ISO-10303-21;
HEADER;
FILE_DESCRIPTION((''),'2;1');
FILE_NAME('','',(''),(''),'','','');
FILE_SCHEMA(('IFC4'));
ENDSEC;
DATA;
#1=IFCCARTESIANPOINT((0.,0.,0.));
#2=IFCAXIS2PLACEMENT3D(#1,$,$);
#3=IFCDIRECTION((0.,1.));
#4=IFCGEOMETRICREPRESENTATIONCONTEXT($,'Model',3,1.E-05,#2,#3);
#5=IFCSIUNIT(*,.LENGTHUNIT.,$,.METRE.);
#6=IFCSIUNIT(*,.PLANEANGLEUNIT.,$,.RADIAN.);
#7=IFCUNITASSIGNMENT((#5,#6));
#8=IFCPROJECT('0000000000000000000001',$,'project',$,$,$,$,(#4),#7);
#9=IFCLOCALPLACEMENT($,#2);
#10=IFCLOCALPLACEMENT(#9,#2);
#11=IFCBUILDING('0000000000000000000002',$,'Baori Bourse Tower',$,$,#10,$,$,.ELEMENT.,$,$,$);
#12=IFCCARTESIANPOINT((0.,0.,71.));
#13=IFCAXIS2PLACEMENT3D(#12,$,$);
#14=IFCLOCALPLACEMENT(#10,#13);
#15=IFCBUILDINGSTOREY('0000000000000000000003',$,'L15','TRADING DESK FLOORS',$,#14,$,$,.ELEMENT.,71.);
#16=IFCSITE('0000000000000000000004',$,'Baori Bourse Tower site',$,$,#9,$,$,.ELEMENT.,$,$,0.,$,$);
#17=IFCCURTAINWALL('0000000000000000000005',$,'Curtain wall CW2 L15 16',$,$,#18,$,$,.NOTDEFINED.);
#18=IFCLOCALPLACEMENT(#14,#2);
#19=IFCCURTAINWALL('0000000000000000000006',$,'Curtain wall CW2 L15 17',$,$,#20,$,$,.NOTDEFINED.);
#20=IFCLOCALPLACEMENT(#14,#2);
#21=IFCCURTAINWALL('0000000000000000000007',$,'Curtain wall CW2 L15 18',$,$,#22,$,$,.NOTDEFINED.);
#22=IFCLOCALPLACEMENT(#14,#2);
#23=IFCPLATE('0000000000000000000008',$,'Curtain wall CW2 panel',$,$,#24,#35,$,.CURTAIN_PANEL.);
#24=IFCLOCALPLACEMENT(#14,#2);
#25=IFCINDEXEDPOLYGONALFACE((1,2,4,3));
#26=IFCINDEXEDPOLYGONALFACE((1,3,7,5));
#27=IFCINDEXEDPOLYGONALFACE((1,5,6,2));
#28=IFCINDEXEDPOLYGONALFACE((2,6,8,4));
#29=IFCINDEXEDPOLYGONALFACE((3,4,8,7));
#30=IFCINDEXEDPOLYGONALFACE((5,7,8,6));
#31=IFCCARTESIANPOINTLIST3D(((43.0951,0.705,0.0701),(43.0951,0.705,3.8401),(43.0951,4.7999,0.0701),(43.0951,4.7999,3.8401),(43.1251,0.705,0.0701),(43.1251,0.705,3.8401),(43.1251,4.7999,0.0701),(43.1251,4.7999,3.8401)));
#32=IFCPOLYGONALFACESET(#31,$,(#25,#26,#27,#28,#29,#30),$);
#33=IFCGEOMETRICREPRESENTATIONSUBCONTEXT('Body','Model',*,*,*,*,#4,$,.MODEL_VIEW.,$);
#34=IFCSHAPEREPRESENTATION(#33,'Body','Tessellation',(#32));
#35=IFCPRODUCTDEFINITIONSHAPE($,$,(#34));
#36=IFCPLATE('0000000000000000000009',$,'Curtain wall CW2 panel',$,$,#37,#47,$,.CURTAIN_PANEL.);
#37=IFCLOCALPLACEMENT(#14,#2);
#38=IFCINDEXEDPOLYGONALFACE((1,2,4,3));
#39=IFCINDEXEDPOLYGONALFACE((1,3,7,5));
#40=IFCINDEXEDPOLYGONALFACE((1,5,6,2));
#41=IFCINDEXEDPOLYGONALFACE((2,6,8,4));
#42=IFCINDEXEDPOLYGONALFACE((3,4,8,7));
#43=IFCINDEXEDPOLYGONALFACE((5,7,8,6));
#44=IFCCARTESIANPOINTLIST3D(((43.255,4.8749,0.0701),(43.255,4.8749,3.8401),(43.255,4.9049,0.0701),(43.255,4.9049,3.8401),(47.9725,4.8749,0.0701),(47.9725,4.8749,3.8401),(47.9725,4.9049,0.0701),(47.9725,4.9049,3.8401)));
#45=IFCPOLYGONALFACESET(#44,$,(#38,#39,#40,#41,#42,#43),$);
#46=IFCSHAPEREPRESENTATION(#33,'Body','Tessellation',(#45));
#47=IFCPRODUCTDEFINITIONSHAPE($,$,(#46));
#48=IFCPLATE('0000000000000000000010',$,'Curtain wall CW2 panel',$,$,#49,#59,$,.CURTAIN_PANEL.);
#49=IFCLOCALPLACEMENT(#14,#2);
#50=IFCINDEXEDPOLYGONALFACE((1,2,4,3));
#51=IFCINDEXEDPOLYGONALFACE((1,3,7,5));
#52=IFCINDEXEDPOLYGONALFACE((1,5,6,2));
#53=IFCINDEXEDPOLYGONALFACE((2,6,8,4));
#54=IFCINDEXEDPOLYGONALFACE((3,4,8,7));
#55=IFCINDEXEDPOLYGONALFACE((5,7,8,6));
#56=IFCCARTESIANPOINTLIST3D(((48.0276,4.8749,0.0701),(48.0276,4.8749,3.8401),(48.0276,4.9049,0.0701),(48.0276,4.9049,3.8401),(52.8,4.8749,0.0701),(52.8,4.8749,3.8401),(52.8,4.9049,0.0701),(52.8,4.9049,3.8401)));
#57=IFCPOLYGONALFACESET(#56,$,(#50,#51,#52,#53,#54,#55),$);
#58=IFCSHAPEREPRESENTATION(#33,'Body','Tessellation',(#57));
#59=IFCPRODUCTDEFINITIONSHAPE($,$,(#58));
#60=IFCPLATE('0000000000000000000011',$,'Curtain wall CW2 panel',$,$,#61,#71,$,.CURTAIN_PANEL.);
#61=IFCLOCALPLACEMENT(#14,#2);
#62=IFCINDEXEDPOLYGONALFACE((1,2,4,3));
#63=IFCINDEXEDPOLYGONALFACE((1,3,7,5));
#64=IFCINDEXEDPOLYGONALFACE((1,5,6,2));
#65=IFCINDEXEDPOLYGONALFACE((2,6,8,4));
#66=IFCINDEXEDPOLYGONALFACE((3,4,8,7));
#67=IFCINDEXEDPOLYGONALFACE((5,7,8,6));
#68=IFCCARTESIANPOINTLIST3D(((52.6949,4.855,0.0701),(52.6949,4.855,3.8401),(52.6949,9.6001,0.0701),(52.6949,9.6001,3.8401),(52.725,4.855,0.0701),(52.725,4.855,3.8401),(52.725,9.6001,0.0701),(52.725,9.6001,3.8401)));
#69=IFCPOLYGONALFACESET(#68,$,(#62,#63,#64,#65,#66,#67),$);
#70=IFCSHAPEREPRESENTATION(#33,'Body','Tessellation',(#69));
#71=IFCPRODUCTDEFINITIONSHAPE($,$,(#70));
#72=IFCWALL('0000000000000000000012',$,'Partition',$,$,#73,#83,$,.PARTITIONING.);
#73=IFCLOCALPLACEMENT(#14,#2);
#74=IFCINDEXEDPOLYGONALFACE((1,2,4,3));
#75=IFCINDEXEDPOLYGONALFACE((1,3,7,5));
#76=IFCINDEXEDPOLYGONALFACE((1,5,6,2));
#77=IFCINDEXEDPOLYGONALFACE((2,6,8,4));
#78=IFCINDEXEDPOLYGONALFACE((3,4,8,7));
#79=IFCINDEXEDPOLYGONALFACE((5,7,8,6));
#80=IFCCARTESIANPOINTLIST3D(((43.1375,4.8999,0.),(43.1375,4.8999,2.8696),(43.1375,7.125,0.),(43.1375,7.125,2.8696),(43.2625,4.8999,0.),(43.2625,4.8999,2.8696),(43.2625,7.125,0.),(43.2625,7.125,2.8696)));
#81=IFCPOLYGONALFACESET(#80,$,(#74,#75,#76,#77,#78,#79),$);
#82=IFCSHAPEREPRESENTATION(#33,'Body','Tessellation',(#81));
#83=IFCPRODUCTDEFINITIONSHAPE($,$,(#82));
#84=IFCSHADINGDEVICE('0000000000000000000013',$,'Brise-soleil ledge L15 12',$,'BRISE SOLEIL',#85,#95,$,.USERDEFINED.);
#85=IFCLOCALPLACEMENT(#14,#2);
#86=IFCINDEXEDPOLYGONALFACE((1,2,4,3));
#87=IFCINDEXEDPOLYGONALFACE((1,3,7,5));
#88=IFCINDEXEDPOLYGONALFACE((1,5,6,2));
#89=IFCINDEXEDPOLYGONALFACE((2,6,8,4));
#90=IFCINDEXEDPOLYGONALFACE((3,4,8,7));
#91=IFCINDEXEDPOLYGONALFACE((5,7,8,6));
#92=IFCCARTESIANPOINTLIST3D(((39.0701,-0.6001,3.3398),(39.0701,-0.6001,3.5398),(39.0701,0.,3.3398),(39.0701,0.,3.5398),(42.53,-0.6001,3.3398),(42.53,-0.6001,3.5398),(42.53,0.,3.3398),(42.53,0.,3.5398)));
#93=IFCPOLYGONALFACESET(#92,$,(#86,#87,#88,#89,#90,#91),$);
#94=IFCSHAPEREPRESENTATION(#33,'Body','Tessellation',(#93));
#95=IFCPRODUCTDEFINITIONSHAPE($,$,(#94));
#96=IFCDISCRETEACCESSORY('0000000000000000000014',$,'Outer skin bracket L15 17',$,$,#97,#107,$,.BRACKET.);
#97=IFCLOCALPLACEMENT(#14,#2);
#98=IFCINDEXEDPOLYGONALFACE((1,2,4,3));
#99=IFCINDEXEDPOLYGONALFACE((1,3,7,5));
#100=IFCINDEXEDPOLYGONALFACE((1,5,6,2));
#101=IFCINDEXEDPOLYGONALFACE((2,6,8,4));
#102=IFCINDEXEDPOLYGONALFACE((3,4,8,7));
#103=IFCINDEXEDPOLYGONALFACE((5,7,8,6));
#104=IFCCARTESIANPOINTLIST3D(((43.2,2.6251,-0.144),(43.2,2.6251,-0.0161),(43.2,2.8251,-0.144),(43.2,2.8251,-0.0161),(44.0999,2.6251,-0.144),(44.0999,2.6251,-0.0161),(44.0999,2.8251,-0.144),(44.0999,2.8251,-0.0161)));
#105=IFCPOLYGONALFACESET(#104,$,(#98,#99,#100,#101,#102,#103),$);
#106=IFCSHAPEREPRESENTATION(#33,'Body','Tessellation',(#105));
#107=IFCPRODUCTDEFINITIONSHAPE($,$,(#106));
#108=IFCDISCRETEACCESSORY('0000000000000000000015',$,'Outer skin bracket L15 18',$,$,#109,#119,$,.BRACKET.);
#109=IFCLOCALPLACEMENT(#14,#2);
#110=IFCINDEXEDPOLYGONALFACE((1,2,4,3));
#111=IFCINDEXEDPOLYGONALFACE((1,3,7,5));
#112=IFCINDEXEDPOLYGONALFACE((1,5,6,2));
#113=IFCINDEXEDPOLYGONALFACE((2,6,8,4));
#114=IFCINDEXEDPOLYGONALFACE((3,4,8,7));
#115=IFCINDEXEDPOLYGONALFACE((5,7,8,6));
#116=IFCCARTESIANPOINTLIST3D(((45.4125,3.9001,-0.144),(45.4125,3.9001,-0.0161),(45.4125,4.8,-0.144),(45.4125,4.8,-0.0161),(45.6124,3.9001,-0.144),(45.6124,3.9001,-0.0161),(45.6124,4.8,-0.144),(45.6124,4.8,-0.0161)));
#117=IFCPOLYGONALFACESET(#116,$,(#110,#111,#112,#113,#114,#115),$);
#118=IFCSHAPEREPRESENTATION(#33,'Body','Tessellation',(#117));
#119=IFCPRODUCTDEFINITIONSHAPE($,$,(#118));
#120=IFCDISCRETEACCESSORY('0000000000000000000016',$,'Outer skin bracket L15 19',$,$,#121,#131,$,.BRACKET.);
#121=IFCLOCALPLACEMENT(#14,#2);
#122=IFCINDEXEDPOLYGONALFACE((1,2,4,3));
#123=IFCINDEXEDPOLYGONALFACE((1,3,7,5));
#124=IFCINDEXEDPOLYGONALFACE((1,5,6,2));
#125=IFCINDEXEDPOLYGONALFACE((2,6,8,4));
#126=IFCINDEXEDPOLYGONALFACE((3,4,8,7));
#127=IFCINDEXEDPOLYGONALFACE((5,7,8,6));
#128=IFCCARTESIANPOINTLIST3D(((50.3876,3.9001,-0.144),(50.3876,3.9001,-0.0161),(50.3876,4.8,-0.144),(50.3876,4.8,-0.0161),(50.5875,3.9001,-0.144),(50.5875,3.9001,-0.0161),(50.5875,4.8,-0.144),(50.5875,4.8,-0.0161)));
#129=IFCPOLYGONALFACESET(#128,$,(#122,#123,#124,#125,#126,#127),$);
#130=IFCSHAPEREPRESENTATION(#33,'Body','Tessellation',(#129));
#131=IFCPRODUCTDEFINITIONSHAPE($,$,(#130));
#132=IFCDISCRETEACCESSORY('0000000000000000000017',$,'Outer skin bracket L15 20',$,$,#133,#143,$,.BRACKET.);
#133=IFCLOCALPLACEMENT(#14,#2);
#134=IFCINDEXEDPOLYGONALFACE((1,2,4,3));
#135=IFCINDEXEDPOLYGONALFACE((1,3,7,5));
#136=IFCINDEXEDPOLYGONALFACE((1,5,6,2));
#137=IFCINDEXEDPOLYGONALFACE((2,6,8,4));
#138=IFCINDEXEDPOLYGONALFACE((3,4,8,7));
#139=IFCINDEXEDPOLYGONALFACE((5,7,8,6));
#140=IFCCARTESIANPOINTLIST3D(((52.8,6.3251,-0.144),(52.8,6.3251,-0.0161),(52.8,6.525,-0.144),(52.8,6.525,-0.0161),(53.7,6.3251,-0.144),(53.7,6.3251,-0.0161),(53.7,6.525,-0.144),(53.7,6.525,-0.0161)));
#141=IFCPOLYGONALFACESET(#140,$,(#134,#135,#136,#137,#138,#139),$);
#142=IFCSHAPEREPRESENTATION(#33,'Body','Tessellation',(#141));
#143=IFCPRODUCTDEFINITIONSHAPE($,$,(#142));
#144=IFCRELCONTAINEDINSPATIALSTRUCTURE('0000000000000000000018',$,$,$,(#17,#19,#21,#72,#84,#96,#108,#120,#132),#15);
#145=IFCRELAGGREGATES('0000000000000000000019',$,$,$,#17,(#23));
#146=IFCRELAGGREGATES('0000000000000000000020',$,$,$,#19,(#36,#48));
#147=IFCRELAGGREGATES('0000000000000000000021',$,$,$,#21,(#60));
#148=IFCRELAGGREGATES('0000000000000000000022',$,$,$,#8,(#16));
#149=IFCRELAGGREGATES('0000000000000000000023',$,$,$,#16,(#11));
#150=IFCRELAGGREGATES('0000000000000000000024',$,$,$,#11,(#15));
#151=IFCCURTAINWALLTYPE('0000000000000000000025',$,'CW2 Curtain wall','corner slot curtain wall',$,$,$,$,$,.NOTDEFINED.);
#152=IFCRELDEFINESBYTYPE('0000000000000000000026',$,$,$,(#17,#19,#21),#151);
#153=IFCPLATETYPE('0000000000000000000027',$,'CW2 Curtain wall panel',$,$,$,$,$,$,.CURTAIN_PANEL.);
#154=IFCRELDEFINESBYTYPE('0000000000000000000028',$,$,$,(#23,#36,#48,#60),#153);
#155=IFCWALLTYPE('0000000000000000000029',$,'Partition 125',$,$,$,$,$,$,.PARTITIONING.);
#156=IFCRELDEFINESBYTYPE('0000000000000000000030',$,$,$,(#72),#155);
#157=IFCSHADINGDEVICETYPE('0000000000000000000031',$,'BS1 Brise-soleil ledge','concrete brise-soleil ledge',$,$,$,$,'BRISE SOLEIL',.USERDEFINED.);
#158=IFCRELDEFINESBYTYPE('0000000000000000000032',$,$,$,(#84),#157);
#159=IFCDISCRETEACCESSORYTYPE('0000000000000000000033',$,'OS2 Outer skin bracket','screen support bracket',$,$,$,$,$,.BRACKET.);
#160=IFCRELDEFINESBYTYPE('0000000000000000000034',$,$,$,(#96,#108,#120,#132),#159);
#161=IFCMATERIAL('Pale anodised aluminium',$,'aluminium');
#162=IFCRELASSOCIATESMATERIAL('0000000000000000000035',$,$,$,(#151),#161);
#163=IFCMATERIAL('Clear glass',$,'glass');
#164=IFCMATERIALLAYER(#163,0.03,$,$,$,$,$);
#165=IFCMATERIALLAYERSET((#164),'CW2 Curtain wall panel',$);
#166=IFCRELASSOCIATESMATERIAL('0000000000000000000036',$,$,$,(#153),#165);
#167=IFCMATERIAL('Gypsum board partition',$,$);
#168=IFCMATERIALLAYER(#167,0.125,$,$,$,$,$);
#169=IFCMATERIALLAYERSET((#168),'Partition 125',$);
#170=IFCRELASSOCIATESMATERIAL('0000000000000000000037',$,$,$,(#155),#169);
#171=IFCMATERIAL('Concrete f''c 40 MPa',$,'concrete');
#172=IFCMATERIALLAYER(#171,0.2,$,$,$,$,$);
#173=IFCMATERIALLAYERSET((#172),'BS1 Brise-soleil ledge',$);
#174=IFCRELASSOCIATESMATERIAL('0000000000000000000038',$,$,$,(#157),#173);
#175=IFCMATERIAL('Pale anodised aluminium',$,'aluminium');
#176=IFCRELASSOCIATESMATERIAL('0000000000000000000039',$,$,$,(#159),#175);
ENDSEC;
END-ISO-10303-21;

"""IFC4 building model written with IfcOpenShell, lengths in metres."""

from ifc_helpers import new_model, si_unit, direction, frame, frame_2d, origin, origin_2d, place, context, subcontext, project, spatial, rectangle, extrude, material, layer, layer_set, type_object, element, aggregate, save


model = new_model("IFC4")

# Units and contexts
model_context = context("Model", 3, precision=1e-05, world=origin(), true_north=direction((0.0, 1.0)))
body_context = subcontext(model_context, "Body", "Model", "MODEL_VIEW")
ifc_project = project(units=[si_unit("LENGTHUNIT", "METRE"), si_unit("PLANEANGLEUNIT", "RADIAN")], contexts=[model_context])

# Site, building, storey
site_placement = place(None, origin())
site = spatial("IfcSite", under=ifc_project, at=site_placement, Name="Baori Bourse Tower site", CompositionType="ELEMENT", RefElevation=0.0)
building_placement = place(site_placement, origin())
building = spatial("IfcBuilding", under=site, at=building_placement, Name="Baori Bourse Tower", CompositionType="ELEMENT")
storey_placement = place(building_placement, frame((0.0, 0.0, 71.0)))
storey = spatial("IfcBuildingStorey", under=building, at=storey_placement, Name="L15", Description="TRADING DESK FLOORS", CompositionType="ELEMENT", Elevation=71.0)

# Curtain wall
ifc_material_1 = material(Name="Pale anodised aluminium", Category="aluminium")
curtain_wall_type_1 = type_object("IfcCurtainWallType", Name="CW2 Curtain wall", Description="corner slot curtain wall", PredefinedType="NOTDEFINED", material=ifc_material_1)
curtain_wall_1_placement = place(storey_placement, origin())
curtain_wall_1 = element("IfcCurtainWall", 1, at=curtain_wall_1_placement, inside=storey, type_object=curtain_wall_type_1, Name="Curtain wall CW2 L15 16", PredefinedType="NOTDEFINED")

# Curtain wall
curtain_wall_2_placement = place(storey_placement, origin())
curtain_wall_2 = element("IfcCurtainWall", 2, at=curtain_wall_2_placement, inside=storey, type_object=curtain_wall_type_1, Name="Curtain wall CW2 L15 17", PredefinedType="NOTDEFINED")

# Curtain wall
curtain_wall_3_placement = place(storey_placement, origin())
curtain_wall_3 = element("IfcCurtainWall", 3, at=curtain_wall_3_placement, inside=storey, type_object=curtain_wall_type_1, Name="Curtain wall CW2 L15 18", PredefinedType="NOTDEFINED")

# Plates
ifc_material_2 = material(Name="Clear glass", Category="glass")
ifc_layer_1 = layer(ifc_material_2, 0.03)
ifc_layer_set_1 = layer_set([ifc_layer_1], Name="CW2 Curtain wall panel")
plate_type_1 = type_object("IfcPlateType", Name="CW2 Curtain wall panel", PredefinedType="CURTAIN_PANEL", material=ifc_layer_set_1)
plate_1_placement = place(storey_placement, frame((43.1101, 2.7524, 0.0701), z_axis=(0.0, 0.0, 1.0), x_axis=(0.0, 1.0, 0.0)))
plate_1 = element("IfcPlate", 4, at=plate_1_placement, type_object=plate_type_1, Name="Curtain wall CW2 panel", PredefinedType="CURTAIN_PANEL", context=body_context, shape_type="SweptSolid", body=[
    extrude(rectangle(XDim=4.095, YDim=0.03, at=origin_2d()), origin(), (0.0, 0.0, 1.0), 3.77),
])
aggregate(curtain_wall_1, [plate_1])
plate_2_placement = place(storey_placement, frame((45.6138, 4.8899, 0.0701), z_axis=(0.0, 0.0, 1.0), x_axis=(1.0, 0.0, 0.0)))
plate_2 = element("IfcPlate", 5, at=plate_2_placement, type_object=plate_type_1, Name="Curtain wall CW2 panel", PredefinedType="CURTAIN_PANEL", context=body_context, shape_type="SweptSolid", body=[
    extrude(rectangle(XDim=4.7175, YDim=0.03, at=origin_2d()), origin(), (0.0, 0.0, 1.0), 3.77),
])
plate_3_placement = place(storey_placement, frame((50.4138, 4.8899, 0.0701), z_axis=(0.0, 0.0, 1.0), x_axis=(1.0, 0.0, 0.0)))
plate_3 = element("IfcPlate", 6, at=plate_3_placement, type_object=plate_type_1, Name="Curtain wall CW2 panel", PredefinedType="CURTAIN_PANEL", context=body_context, shape_type="SweptSolid", body=[
    extrude(rectangle(XDim=4.7725, YDim=0.03, at=origin_2d()), origin(), (0.0, 0.0, 1.0), 3.77),
])
aggregate(curtain_wall_2, [plate_2, plate_3])
plate_4_placement = place(storey_placement, frame((52.71, 7.2275, 0.0701), z_axis=(0.0, 0.0, 1.0), x_axis=(0.0, 1.0, 0.0)))
plate_4 = element("IfcPlate", 7, at=plate_4_placement, type_object=plate_type_1, Name="Curtain wall CW2 panel", PredefinedType="CURTAIN_PANEL", context=body_context, shape_type="SweptSolid", body=[
    extrude(rectangle(XDim=4.7451, YDim=0.03, at=origin_2d()), origin(), (0.0, 0.0, 1.0), 3.77),
])
aggregate(curtain_wall_3, [plate_4])

# Wall
ifc_material_3 = material(Name="Gypsum board partition")
ifc_layer_2 = layer(ifc_material_3, 0.125)
ifc_layer_set_2 = layer_set([ifc_layer_2], Name="Partition 125")
wall_type = type_object("IfcWallType", Name="Partition 125", PredefinedType="PARTITIONING", material=ifc_layer_set_2)
wall_placement = place(storey_placement, frame((43.2, 4.8999, 0.0), z_axis=(0.0, 0.0, 1.0), x_axis=(0.0, 1.0, 0.0)))
element("IfcWall", 8, at=wall_placement, inside=storey, type_object=wall_type, Name="Partition", PredefinedType="PARTITIONING", context=body_context, shape_type="SweptSolid", body=[
    extrude(rectangle(XDim=2.2251, YDim=0.125, at=frame_2d((1.1125, 0.0))), origin(), (0.0, 0.0, 1.0), 2.8696),
])

# Shading device
ifc_material_4 = material(Name="Concrete f'c 40 MPa", Category="concrete")
ifc_layer_3 = layer(ifc_material_4, 0.2)
ifc_layer_set_3 = layer_set([ifc_layer_3], Name="BS1 Brise-soleil ledge")
shading_device_type = type_object("IfcShadingDeviceType", Name="BS1 Brise-soleil ledge", Description="concrete brise-soleil ledge", ElementType="BRISE SOLEIL", PredefinedType="USERDEFINED", material=ifc_layer_set_3)
shading_device_placement = place(storey_placement, frame((40.8, -0.3, 3.3398), z_axis=(0.0, 0.0, 1.0), x_axis=(1.0, 0.0, 0.0)))
element("IfcShadingDevice", 9, at=shading_device_placement, inside=storey, type_object=shading_device_type, Name="Brise-soleil ledge L15 12", ObjectType="BRISE SOLEIL", PredefinedType="USERDEFINED", context=body_context, shape_type="SweptSolid", body=[
    extrude(rectangle(XDim=3.46, YDim=0.6001, at=origin_2d()), origin(), (0.0, 0.0, 1.0), 0.2),
])

# Discrete accessories
ifc_material_5 = material(Name="Pale anodised aluminium", Category="aluminium")
discrete_accessory_type = type_object("IfcDiscreteAccessoryType", Name="OS2 Outer skin bracket", Description="screen support bracket", PredefinedType="BRACKET", material=ifc_material_5)
for number, where, z_axis, x_axis, name in (
    (10, (43.6499, 2.7251, -0.144), (0.0, 0.0, 1.0), (0.0, 1.0, 0.0), "Outer skin bracket L15 17"),
    (11, (45.5125, 4.3501, -0.144), (0.0, 0.0, 1.0), (1.0, 0.0, 0.0), "Outer skin bracket L15 18"),
    (12, (50.4875, 4.3501, -0.144), (0.0, 0.0, 1.0), (1.0, 0.0, 0.0), "Outer skin bracket L15 19"),
    (13, (53.25, 6.425, -0.144), (0.0, 0.0, 1.0), (0.0, 1.0, 0.0), "Outer skin bracket L15 20"),
):
    element("IfcDiscreteAccessory", number, at=place(storey_placement, frame(where, z_axis=z_axis, x_axis=x_axis)), inside=storey, type_object=discrete_accessory_type, Name=name, PredefinedType="BRACKET", context=body_context, shape_type="SweptSolid", body=[
        extrude(rectangle(XDim=0.2, YDim=0.8999, at=origin_2d()), origin(), (0.0, 0.0, 1.0), 0.1279),
    ])

save(model, "model.ifc")
